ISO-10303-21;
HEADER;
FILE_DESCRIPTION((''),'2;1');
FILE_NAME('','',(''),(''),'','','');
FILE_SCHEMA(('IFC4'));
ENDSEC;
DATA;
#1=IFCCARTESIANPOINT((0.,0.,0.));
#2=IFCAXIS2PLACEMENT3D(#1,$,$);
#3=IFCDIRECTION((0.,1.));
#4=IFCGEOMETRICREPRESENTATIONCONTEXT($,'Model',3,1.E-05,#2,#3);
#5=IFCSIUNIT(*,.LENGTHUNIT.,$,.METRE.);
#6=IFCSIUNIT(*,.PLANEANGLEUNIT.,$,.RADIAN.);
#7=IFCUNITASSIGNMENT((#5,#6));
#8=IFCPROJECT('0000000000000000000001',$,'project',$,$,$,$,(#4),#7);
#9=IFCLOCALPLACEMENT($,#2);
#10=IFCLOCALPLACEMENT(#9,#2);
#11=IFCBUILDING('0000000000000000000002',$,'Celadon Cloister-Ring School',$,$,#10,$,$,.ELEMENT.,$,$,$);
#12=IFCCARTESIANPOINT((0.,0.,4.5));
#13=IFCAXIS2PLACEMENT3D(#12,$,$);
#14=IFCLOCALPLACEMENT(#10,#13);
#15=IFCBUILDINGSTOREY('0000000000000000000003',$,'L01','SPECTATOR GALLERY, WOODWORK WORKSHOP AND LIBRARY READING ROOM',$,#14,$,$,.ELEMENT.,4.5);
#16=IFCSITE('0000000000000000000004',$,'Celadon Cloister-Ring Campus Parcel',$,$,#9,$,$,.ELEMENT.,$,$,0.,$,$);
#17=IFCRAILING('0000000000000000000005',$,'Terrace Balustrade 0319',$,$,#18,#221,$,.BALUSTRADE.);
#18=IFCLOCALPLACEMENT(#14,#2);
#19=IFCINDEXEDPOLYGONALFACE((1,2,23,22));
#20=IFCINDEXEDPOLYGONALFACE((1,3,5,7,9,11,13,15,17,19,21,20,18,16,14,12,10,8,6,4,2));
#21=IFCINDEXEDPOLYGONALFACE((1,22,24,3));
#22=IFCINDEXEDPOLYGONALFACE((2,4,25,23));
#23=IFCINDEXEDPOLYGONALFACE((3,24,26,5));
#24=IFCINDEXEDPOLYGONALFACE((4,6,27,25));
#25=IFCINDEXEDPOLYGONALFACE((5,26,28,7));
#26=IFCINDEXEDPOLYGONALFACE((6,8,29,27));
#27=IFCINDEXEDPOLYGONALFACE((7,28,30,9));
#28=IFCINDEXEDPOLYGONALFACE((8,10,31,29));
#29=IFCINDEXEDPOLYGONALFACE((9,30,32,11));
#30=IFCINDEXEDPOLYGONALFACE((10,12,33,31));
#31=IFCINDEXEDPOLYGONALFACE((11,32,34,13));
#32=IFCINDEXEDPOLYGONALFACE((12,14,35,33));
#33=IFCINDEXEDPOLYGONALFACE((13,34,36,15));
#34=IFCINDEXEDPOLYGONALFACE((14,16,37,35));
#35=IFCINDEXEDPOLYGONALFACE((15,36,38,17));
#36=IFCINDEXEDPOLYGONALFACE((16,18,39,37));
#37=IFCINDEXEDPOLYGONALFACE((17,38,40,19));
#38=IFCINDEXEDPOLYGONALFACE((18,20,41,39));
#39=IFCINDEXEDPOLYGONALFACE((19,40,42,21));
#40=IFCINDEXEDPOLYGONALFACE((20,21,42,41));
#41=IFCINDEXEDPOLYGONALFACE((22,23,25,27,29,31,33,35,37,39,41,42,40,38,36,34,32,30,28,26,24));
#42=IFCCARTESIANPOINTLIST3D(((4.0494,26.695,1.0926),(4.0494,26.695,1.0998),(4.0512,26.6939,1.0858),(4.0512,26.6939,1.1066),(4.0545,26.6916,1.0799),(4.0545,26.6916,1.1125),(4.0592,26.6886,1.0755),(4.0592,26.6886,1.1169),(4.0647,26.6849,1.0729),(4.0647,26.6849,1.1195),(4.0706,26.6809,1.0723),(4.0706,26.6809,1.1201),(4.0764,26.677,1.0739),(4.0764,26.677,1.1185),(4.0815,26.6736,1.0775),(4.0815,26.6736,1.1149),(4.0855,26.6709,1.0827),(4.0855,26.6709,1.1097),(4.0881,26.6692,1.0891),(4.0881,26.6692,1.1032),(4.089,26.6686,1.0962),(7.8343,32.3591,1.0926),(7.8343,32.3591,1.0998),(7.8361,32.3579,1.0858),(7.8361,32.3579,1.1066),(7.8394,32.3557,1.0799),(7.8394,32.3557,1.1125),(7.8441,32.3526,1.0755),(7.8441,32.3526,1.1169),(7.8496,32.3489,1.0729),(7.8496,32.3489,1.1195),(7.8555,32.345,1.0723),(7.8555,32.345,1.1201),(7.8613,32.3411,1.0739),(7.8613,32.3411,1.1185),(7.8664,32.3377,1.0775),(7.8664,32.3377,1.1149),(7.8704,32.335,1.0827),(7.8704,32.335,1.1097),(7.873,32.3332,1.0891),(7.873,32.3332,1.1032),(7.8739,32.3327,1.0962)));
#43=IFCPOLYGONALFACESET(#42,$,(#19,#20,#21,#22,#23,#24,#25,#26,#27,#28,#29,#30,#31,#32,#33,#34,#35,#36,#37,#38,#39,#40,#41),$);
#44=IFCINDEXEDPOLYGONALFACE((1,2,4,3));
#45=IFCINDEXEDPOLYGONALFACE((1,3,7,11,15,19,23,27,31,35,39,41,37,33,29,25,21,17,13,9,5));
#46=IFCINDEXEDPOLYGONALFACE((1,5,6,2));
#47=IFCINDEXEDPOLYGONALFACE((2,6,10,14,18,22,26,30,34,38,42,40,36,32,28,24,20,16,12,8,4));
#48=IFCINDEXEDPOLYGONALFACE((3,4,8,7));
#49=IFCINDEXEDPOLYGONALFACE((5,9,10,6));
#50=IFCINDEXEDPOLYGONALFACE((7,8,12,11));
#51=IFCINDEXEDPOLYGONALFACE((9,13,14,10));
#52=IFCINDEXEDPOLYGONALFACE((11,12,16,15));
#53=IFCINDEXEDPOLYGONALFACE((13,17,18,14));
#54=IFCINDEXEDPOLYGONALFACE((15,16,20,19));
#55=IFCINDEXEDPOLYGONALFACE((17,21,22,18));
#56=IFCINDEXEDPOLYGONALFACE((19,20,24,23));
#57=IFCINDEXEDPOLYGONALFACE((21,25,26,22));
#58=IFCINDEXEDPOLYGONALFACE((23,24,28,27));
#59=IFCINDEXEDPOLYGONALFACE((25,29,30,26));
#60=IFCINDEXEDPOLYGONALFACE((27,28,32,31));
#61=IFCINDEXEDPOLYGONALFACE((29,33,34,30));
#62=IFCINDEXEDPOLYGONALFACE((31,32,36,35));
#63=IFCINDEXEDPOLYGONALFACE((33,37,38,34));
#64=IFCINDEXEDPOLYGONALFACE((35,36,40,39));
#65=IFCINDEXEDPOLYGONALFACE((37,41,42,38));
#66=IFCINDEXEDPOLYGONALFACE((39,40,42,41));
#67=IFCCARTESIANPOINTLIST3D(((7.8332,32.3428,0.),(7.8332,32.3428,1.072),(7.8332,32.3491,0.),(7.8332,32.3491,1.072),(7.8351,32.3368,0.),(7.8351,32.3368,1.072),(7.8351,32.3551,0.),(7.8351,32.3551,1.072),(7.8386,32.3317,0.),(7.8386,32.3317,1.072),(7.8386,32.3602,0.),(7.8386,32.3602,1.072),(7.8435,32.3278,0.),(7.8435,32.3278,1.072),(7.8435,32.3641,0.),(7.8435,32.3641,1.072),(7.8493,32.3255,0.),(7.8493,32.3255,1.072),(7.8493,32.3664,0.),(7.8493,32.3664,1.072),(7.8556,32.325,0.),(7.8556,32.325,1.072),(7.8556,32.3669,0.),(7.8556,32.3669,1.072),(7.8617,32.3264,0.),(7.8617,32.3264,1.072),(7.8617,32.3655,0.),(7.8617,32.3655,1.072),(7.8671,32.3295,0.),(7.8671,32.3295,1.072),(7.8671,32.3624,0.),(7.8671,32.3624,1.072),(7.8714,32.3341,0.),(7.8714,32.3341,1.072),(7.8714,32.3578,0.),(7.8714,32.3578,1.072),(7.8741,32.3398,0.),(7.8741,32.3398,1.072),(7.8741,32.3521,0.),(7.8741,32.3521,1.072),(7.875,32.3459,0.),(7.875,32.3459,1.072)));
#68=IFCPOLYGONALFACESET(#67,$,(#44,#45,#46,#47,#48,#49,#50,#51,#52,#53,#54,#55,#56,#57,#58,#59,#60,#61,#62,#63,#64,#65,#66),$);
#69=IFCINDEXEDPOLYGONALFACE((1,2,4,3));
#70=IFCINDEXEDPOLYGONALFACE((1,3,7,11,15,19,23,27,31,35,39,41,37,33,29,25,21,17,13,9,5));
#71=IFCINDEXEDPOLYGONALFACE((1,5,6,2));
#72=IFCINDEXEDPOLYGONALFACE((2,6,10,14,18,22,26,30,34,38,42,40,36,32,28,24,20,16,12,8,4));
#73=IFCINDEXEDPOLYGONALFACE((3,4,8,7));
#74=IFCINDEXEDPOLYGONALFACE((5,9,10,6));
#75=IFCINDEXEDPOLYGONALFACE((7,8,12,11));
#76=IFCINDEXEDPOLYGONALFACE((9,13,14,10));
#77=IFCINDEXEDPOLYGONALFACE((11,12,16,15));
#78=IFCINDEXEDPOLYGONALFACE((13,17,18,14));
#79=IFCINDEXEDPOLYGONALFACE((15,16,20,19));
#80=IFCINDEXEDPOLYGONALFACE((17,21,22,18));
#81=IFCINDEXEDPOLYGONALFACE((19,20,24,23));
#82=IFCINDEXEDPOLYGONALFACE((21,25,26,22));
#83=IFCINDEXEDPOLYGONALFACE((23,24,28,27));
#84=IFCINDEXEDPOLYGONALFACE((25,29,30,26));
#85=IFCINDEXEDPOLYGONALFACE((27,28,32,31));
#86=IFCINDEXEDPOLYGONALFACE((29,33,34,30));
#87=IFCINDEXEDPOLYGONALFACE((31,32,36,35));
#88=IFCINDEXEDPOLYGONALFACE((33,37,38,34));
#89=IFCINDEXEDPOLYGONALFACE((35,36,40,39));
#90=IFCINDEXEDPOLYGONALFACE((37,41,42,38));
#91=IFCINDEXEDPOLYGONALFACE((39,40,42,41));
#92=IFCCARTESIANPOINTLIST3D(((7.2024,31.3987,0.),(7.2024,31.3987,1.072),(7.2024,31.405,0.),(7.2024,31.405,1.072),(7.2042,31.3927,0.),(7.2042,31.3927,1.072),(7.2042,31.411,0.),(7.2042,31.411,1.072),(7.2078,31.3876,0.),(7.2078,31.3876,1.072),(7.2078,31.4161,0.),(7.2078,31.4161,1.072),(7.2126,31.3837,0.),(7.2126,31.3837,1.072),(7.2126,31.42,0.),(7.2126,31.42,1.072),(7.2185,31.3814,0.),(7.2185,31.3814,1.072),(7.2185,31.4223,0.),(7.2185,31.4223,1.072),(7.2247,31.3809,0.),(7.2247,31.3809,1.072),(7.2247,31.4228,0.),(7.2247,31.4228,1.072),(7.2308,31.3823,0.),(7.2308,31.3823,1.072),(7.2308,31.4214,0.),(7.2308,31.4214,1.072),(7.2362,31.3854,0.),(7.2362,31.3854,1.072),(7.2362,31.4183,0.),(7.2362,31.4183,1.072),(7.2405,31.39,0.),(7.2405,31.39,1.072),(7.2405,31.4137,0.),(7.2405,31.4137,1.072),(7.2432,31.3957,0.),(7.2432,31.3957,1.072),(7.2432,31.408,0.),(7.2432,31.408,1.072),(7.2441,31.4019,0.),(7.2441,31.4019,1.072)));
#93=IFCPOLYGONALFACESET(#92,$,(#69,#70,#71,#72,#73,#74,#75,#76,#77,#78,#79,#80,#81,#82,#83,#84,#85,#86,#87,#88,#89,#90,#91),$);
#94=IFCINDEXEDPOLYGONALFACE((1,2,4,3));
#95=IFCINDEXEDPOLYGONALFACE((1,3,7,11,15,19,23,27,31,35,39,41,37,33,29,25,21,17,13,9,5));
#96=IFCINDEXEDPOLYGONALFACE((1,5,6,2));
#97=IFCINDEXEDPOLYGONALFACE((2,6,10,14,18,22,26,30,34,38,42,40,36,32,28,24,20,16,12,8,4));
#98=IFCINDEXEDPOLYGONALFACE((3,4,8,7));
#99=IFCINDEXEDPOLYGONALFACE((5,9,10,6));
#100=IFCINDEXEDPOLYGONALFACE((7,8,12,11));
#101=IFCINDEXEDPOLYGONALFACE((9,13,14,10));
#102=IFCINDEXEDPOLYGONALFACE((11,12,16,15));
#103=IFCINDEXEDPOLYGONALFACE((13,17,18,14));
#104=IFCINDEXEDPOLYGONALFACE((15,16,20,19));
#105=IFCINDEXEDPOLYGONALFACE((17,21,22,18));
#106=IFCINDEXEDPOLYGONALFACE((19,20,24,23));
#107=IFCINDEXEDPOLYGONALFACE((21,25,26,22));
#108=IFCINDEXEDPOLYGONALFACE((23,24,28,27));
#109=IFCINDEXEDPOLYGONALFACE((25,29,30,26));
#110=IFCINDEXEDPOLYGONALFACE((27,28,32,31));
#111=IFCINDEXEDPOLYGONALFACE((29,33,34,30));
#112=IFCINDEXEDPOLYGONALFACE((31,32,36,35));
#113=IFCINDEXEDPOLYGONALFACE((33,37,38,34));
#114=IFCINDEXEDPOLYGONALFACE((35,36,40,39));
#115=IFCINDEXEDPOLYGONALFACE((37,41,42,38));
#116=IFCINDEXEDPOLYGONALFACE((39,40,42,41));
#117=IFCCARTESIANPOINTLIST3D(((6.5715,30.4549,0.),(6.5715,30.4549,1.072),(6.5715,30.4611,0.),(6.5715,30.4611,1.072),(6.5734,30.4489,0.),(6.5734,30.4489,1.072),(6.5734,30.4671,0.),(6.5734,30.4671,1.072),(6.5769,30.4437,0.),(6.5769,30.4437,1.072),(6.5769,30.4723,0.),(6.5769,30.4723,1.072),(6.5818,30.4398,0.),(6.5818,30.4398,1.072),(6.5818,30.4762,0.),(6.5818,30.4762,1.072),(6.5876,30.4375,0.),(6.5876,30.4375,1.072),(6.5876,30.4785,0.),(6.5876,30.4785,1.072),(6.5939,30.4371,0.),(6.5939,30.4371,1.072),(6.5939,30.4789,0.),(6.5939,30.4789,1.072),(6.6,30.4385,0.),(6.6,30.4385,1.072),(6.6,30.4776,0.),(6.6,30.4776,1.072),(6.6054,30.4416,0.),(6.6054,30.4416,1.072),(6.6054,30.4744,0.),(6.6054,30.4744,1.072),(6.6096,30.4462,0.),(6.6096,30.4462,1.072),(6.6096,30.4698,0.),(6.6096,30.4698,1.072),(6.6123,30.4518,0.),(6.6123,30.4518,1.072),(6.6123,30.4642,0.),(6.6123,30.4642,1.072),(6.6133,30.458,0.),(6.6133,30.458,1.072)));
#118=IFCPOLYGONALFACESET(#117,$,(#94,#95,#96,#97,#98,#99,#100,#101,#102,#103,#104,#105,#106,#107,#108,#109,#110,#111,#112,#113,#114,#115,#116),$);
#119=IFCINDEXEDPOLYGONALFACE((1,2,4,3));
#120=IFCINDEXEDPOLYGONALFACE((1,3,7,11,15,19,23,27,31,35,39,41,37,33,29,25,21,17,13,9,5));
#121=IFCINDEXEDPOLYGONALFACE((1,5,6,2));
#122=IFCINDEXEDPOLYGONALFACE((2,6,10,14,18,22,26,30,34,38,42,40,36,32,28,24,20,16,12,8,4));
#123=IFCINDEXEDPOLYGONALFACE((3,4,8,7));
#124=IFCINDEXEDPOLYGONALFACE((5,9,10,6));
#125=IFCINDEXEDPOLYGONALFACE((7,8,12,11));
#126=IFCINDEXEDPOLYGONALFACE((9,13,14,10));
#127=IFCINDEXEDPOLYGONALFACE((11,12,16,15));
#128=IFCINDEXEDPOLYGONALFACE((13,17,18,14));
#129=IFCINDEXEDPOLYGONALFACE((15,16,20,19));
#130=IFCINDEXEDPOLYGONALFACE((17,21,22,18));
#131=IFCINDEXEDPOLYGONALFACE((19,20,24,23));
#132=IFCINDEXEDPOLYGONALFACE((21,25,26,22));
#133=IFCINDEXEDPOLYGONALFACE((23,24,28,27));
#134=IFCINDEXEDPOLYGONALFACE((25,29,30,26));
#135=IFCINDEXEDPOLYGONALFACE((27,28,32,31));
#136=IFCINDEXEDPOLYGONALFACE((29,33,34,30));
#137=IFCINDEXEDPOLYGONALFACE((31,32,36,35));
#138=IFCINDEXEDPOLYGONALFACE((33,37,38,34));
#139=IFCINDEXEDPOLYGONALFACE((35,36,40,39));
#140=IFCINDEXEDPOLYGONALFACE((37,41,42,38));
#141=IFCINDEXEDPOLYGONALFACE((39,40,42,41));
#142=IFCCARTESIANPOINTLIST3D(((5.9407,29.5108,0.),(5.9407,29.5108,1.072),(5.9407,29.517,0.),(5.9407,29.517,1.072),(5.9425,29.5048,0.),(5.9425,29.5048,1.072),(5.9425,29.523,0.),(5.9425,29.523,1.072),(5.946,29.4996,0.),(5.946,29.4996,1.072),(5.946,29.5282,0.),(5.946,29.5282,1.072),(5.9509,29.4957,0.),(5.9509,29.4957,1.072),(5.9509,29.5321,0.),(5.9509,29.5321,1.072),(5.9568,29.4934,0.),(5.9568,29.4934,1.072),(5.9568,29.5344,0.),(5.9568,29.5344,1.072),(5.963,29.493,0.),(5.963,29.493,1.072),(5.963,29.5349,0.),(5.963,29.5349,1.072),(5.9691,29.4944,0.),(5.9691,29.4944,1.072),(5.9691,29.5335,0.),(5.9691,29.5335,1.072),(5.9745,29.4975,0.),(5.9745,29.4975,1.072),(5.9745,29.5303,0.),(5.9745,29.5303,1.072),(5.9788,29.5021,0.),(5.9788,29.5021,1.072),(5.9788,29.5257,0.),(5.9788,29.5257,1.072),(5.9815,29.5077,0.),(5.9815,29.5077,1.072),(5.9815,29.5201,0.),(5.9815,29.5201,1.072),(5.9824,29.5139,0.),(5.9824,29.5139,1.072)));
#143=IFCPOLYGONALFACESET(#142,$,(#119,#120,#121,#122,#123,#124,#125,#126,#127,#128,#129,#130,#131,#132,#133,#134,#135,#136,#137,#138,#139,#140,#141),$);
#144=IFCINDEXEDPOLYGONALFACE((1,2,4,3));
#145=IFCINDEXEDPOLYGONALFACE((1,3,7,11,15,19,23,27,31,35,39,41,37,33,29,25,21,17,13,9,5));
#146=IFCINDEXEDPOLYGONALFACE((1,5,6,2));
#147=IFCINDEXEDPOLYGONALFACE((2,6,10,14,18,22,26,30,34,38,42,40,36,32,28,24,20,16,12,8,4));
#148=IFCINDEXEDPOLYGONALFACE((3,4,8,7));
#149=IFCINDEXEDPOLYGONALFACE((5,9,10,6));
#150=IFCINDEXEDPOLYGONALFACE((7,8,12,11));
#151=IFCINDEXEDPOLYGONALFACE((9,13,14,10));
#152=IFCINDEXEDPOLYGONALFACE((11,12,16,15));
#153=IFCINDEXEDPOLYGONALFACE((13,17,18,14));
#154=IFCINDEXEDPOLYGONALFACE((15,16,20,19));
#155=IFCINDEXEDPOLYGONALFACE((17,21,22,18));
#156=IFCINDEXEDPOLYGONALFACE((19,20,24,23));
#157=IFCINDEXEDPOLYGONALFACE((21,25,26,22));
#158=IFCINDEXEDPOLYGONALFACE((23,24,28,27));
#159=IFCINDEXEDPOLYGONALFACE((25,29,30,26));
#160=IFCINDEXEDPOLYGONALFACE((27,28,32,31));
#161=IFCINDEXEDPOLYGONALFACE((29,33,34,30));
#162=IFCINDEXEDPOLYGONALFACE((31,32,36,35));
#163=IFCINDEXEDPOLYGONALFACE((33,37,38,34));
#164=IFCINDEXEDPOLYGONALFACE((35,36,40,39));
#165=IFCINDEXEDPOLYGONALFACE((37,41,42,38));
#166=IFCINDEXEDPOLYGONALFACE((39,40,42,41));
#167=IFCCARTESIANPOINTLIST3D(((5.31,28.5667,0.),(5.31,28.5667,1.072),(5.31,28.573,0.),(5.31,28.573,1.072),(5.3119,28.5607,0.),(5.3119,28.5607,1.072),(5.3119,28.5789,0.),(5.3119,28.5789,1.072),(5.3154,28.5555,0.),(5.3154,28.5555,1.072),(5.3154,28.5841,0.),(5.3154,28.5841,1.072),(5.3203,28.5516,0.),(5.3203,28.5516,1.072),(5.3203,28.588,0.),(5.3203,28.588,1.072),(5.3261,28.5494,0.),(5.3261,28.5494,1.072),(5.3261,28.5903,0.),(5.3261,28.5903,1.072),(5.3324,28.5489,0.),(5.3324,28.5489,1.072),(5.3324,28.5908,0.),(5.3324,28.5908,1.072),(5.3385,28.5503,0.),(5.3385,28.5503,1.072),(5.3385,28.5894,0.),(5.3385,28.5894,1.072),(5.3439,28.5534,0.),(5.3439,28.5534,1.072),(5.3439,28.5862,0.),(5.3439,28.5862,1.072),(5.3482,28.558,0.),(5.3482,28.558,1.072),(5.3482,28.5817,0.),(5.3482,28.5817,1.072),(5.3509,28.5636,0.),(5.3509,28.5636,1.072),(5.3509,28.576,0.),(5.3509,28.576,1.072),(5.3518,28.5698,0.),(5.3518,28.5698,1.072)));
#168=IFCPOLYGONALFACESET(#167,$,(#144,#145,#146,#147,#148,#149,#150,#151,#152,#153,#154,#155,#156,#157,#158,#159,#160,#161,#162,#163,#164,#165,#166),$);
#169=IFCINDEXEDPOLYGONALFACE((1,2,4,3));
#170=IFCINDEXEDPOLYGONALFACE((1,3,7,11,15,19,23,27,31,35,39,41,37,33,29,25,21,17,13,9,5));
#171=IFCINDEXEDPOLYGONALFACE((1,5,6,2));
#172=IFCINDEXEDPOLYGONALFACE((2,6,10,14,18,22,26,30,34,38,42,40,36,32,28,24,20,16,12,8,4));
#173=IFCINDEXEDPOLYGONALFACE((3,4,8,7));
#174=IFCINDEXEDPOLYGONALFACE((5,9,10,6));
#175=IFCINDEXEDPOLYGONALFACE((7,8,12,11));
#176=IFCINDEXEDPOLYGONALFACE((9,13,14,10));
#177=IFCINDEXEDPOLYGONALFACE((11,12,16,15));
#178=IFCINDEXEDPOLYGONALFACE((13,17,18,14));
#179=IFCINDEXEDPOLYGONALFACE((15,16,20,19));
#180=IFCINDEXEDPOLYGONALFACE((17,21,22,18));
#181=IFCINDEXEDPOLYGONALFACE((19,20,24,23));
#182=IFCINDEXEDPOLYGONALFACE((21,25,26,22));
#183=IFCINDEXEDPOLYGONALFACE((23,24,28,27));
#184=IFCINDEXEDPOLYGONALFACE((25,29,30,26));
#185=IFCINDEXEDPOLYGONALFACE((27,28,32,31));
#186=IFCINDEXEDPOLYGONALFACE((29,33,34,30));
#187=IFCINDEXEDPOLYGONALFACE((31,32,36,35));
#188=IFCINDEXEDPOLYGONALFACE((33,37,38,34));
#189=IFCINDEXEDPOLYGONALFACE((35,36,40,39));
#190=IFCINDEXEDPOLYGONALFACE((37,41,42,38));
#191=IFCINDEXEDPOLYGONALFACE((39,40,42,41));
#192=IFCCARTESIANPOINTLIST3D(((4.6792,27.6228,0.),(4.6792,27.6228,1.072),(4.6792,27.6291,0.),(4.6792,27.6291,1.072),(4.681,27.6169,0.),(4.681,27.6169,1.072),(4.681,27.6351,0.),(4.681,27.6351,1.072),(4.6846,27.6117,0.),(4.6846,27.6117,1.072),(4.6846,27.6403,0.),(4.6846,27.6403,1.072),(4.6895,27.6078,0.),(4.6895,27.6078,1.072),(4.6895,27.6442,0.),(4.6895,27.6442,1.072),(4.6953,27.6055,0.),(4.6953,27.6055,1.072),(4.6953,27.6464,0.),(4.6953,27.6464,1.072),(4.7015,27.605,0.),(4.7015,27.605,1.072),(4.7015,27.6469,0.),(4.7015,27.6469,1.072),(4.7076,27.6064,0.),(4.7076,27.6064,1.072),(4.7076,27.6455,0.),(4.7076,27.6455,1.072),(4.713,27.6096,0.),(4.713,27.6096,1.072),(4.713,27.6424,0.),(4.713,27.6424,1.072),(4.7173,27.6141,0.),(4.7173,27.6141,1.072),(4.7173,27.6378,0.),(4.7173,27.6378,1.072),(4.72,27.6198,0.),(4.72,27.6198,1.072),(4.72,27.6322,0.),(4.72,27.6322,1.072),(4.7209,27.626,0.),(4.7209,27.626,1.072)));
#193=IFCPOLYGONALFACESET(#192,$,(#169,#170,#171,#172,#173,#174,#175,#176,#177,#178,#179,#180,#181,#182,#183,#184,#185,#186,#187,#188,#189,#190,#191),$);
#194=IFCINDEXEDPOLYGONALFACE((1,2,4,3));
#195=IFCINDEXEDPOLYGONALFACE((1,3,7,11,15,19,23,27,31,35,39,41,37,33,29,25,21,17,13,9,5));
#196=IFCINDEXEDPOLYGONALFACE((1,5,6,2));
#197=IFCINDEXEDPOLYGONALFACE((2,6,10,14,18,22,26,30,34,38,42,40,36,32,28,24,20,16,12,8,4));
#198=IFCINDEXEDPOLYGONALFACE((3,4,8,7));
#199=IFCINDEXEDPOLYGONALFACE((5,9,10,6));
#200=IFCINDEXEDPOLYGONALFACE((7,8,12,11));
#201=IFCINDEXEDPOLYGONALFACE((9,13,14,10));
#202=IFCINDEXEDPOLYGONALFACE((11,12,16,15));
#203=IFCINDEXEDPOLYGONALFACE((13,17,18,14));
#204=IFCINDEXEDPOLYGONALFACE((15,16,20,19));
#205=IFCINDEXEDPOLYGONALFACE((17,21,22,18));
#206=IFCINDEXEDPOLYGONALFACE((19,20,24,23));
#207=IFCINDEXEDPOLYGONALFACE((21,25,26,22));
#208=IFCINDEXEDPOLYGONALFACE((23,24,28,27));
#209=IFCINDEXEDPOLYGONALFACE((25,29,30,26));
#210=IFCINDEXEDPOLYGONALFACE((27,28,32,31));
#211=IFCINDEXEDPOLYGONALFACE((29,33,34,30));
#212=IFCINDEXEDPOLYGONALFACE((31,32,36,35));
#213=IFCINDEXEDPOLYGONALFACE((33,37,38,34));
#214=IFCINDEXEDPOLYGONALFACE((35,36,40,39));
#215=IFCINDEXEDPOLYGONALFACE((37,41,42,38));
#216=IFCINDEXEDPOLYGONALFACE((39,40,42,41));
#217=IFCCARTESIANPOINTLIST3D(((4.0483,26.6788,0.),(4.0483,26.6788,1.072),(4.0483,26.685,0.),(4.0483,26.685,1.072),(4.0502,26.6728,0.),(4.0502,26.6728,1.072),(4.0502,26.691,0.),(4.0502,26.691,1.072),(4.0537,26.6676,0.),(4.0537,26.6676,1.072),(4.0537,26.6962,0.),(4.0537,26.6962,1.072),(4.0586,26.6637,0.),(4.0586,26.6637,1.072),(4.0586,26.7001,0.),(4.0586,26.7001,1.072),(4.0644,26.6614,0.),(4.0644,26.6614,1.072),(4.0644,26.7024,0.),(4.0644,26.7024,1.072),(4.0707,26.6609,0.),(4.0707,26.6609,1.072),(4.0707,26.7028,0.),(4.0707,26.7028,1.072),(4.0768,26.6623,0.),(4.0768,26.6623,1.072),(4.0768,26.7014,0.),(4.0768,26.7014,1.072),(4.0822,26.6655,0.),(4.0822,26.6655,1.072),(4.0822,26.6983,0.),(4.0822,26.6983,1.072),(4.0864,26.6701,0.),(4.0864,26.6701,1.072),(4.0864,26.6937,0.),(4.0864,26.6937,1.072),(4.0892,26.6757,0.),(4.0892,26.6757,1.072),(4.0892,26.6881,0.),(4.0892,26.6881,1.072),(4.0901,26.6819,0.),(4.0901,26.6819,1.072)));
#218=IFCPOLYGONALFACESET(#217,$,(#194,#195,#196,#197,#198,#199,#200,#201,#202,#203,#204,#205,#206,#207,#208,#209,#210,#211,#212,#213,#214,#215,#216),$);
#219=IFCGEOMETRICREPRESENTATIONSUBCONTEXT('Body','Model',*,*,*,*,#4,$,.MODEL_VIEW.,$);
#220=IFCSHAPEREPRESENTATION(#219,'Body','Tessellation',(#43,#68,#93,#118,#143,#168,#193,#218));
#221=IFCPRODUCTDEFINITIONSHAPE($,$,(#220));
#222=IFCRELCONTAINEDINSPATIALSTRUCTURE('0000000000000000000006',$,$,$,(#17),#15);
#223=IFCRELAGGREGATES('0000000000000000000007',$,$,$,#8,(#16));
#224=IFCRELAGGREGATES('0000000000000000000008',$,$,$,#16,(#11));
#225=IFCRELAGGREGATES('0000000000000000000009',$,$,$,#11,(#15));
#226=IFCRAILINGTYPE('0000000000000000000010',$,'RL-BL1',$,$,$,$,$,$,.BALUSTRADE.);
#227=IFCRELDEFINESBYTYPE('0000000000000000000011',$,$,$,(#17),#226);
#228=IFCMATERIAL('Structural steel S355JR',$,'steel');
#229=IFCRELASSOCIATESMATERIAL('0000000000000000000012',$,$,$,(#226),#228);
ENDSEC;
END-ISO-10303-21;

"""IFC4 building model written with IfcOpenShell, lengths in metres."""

from ifc_helpers import new_model, si_unit, direction, frame, origin, origin_2d, place, context, subcontext, project, spatial, circle, extrude, material, type_object, element, save


model = new_model("IFC4")

# Units and contexts
model_context = context("Model", 3, precision=1e-05, world=origin(), true_north=direction((0.0, 1.0)))
body_context = subcontext(model_context, "Body", "Model", "MODEL_VIEW")
ifc_project = project(units=[si_unit("LENGTHUNIT", "METRE"), si_unit("PLANEANGLEUNIT", "RADIAN")], contexts=[model_context])

# Site, building, storey
site_placement = place(None, origin())
site = spatial("IfcSite", under=ifc_project, at=site_placement, Name="Celadon Cloister-Ring Campus Parcel", CompositionType="ELEMENT", RefElevation=0.0)
building_placement = place(site_placement, origin())
building = spatial("IfcBuilding", under=site, at=building_placement, Name="Celadon Cloister-Ring School", CompositionType="ELEMENT")
storey_placement = place(building_placement, frame((0.0, 0.0, 4.5)))
storey = spatial("IfcBuildingStorey", under=building, at=storey_placement, Name="L01", Description="SPECTATOR GALLERY, WOODWORK WORKSHOP AND LIBRARY READING ROOM", CompositionType="ELEMENT", Elevation=4.5)

# Railing
ifc_material_1 = material(Name="Structural steel S355JR", Category="steel")
railing_type = type_object("IfcRailingType", Name="RL-BL1", PredefinedType="BALUSTRADE", material=ifc_material_1)
railing_1_placement = place(storey_placement, frame((7.854, 32.3459, 0.0)))
element("IfcRailing", 1, at=railing_1_placement, inside=storey, type_object=railing_type, Name="Terrace Balustrade 0319", PredefinedType="BALUSTRADE", context=body_context, shape_type="SweptSolid", body=[
    extrude(circle(Radius=0.0239, at=origin_2d()), frame((0.0, 0.0, 1.0962), z_axis=(-0.555601, -0.831449, 0.0), x_axis=(0.831449, -0.555601, 0.0)), (0.0, 0.0, 1.0), 6.8123),
    extrude(circle(Radius=0.021, at=origin_2d()), origin(), (0.0, 0.0, 1.0), 1.072),
    extrude(circle(Radius=0.021, at=origin_2d()), frame((-0.6309, -0.9441, 0.0)), (0.0, 0.0, 1.0), 1.072),
    extrude(circle(Radius=0.021, at=origin_2d()), frame((-1.2617, -1.8879, 0.0)), (0.0, 0.0, 1.0), 1.072),
    extrude(circle(Radius=0.021, at=origin_2d()), frame((-1.8926, -2.832, 0.0)), (0.0, 0.0, 1.0), 1.072),
    extrude(circle(Radius=0.021, at=origin_2d()), frame((-2.5232, -3.7761, 0.0)), (0.0, 0.0, 1.0), 1.072),
    extrude(circle(Radius=0.021, at=origin_2d()), frame((-3.1541, -4.72, 0.0)), (0.0, 0.0, 1.0), 1.072),
    extrude(circle(Radius=0.021, at=origin_2d()), frame((-3.7849, -5.6641, 0.0)), (0.0, 0.0, 1.0), 1.072),
])

save(model, "model.ifc")
